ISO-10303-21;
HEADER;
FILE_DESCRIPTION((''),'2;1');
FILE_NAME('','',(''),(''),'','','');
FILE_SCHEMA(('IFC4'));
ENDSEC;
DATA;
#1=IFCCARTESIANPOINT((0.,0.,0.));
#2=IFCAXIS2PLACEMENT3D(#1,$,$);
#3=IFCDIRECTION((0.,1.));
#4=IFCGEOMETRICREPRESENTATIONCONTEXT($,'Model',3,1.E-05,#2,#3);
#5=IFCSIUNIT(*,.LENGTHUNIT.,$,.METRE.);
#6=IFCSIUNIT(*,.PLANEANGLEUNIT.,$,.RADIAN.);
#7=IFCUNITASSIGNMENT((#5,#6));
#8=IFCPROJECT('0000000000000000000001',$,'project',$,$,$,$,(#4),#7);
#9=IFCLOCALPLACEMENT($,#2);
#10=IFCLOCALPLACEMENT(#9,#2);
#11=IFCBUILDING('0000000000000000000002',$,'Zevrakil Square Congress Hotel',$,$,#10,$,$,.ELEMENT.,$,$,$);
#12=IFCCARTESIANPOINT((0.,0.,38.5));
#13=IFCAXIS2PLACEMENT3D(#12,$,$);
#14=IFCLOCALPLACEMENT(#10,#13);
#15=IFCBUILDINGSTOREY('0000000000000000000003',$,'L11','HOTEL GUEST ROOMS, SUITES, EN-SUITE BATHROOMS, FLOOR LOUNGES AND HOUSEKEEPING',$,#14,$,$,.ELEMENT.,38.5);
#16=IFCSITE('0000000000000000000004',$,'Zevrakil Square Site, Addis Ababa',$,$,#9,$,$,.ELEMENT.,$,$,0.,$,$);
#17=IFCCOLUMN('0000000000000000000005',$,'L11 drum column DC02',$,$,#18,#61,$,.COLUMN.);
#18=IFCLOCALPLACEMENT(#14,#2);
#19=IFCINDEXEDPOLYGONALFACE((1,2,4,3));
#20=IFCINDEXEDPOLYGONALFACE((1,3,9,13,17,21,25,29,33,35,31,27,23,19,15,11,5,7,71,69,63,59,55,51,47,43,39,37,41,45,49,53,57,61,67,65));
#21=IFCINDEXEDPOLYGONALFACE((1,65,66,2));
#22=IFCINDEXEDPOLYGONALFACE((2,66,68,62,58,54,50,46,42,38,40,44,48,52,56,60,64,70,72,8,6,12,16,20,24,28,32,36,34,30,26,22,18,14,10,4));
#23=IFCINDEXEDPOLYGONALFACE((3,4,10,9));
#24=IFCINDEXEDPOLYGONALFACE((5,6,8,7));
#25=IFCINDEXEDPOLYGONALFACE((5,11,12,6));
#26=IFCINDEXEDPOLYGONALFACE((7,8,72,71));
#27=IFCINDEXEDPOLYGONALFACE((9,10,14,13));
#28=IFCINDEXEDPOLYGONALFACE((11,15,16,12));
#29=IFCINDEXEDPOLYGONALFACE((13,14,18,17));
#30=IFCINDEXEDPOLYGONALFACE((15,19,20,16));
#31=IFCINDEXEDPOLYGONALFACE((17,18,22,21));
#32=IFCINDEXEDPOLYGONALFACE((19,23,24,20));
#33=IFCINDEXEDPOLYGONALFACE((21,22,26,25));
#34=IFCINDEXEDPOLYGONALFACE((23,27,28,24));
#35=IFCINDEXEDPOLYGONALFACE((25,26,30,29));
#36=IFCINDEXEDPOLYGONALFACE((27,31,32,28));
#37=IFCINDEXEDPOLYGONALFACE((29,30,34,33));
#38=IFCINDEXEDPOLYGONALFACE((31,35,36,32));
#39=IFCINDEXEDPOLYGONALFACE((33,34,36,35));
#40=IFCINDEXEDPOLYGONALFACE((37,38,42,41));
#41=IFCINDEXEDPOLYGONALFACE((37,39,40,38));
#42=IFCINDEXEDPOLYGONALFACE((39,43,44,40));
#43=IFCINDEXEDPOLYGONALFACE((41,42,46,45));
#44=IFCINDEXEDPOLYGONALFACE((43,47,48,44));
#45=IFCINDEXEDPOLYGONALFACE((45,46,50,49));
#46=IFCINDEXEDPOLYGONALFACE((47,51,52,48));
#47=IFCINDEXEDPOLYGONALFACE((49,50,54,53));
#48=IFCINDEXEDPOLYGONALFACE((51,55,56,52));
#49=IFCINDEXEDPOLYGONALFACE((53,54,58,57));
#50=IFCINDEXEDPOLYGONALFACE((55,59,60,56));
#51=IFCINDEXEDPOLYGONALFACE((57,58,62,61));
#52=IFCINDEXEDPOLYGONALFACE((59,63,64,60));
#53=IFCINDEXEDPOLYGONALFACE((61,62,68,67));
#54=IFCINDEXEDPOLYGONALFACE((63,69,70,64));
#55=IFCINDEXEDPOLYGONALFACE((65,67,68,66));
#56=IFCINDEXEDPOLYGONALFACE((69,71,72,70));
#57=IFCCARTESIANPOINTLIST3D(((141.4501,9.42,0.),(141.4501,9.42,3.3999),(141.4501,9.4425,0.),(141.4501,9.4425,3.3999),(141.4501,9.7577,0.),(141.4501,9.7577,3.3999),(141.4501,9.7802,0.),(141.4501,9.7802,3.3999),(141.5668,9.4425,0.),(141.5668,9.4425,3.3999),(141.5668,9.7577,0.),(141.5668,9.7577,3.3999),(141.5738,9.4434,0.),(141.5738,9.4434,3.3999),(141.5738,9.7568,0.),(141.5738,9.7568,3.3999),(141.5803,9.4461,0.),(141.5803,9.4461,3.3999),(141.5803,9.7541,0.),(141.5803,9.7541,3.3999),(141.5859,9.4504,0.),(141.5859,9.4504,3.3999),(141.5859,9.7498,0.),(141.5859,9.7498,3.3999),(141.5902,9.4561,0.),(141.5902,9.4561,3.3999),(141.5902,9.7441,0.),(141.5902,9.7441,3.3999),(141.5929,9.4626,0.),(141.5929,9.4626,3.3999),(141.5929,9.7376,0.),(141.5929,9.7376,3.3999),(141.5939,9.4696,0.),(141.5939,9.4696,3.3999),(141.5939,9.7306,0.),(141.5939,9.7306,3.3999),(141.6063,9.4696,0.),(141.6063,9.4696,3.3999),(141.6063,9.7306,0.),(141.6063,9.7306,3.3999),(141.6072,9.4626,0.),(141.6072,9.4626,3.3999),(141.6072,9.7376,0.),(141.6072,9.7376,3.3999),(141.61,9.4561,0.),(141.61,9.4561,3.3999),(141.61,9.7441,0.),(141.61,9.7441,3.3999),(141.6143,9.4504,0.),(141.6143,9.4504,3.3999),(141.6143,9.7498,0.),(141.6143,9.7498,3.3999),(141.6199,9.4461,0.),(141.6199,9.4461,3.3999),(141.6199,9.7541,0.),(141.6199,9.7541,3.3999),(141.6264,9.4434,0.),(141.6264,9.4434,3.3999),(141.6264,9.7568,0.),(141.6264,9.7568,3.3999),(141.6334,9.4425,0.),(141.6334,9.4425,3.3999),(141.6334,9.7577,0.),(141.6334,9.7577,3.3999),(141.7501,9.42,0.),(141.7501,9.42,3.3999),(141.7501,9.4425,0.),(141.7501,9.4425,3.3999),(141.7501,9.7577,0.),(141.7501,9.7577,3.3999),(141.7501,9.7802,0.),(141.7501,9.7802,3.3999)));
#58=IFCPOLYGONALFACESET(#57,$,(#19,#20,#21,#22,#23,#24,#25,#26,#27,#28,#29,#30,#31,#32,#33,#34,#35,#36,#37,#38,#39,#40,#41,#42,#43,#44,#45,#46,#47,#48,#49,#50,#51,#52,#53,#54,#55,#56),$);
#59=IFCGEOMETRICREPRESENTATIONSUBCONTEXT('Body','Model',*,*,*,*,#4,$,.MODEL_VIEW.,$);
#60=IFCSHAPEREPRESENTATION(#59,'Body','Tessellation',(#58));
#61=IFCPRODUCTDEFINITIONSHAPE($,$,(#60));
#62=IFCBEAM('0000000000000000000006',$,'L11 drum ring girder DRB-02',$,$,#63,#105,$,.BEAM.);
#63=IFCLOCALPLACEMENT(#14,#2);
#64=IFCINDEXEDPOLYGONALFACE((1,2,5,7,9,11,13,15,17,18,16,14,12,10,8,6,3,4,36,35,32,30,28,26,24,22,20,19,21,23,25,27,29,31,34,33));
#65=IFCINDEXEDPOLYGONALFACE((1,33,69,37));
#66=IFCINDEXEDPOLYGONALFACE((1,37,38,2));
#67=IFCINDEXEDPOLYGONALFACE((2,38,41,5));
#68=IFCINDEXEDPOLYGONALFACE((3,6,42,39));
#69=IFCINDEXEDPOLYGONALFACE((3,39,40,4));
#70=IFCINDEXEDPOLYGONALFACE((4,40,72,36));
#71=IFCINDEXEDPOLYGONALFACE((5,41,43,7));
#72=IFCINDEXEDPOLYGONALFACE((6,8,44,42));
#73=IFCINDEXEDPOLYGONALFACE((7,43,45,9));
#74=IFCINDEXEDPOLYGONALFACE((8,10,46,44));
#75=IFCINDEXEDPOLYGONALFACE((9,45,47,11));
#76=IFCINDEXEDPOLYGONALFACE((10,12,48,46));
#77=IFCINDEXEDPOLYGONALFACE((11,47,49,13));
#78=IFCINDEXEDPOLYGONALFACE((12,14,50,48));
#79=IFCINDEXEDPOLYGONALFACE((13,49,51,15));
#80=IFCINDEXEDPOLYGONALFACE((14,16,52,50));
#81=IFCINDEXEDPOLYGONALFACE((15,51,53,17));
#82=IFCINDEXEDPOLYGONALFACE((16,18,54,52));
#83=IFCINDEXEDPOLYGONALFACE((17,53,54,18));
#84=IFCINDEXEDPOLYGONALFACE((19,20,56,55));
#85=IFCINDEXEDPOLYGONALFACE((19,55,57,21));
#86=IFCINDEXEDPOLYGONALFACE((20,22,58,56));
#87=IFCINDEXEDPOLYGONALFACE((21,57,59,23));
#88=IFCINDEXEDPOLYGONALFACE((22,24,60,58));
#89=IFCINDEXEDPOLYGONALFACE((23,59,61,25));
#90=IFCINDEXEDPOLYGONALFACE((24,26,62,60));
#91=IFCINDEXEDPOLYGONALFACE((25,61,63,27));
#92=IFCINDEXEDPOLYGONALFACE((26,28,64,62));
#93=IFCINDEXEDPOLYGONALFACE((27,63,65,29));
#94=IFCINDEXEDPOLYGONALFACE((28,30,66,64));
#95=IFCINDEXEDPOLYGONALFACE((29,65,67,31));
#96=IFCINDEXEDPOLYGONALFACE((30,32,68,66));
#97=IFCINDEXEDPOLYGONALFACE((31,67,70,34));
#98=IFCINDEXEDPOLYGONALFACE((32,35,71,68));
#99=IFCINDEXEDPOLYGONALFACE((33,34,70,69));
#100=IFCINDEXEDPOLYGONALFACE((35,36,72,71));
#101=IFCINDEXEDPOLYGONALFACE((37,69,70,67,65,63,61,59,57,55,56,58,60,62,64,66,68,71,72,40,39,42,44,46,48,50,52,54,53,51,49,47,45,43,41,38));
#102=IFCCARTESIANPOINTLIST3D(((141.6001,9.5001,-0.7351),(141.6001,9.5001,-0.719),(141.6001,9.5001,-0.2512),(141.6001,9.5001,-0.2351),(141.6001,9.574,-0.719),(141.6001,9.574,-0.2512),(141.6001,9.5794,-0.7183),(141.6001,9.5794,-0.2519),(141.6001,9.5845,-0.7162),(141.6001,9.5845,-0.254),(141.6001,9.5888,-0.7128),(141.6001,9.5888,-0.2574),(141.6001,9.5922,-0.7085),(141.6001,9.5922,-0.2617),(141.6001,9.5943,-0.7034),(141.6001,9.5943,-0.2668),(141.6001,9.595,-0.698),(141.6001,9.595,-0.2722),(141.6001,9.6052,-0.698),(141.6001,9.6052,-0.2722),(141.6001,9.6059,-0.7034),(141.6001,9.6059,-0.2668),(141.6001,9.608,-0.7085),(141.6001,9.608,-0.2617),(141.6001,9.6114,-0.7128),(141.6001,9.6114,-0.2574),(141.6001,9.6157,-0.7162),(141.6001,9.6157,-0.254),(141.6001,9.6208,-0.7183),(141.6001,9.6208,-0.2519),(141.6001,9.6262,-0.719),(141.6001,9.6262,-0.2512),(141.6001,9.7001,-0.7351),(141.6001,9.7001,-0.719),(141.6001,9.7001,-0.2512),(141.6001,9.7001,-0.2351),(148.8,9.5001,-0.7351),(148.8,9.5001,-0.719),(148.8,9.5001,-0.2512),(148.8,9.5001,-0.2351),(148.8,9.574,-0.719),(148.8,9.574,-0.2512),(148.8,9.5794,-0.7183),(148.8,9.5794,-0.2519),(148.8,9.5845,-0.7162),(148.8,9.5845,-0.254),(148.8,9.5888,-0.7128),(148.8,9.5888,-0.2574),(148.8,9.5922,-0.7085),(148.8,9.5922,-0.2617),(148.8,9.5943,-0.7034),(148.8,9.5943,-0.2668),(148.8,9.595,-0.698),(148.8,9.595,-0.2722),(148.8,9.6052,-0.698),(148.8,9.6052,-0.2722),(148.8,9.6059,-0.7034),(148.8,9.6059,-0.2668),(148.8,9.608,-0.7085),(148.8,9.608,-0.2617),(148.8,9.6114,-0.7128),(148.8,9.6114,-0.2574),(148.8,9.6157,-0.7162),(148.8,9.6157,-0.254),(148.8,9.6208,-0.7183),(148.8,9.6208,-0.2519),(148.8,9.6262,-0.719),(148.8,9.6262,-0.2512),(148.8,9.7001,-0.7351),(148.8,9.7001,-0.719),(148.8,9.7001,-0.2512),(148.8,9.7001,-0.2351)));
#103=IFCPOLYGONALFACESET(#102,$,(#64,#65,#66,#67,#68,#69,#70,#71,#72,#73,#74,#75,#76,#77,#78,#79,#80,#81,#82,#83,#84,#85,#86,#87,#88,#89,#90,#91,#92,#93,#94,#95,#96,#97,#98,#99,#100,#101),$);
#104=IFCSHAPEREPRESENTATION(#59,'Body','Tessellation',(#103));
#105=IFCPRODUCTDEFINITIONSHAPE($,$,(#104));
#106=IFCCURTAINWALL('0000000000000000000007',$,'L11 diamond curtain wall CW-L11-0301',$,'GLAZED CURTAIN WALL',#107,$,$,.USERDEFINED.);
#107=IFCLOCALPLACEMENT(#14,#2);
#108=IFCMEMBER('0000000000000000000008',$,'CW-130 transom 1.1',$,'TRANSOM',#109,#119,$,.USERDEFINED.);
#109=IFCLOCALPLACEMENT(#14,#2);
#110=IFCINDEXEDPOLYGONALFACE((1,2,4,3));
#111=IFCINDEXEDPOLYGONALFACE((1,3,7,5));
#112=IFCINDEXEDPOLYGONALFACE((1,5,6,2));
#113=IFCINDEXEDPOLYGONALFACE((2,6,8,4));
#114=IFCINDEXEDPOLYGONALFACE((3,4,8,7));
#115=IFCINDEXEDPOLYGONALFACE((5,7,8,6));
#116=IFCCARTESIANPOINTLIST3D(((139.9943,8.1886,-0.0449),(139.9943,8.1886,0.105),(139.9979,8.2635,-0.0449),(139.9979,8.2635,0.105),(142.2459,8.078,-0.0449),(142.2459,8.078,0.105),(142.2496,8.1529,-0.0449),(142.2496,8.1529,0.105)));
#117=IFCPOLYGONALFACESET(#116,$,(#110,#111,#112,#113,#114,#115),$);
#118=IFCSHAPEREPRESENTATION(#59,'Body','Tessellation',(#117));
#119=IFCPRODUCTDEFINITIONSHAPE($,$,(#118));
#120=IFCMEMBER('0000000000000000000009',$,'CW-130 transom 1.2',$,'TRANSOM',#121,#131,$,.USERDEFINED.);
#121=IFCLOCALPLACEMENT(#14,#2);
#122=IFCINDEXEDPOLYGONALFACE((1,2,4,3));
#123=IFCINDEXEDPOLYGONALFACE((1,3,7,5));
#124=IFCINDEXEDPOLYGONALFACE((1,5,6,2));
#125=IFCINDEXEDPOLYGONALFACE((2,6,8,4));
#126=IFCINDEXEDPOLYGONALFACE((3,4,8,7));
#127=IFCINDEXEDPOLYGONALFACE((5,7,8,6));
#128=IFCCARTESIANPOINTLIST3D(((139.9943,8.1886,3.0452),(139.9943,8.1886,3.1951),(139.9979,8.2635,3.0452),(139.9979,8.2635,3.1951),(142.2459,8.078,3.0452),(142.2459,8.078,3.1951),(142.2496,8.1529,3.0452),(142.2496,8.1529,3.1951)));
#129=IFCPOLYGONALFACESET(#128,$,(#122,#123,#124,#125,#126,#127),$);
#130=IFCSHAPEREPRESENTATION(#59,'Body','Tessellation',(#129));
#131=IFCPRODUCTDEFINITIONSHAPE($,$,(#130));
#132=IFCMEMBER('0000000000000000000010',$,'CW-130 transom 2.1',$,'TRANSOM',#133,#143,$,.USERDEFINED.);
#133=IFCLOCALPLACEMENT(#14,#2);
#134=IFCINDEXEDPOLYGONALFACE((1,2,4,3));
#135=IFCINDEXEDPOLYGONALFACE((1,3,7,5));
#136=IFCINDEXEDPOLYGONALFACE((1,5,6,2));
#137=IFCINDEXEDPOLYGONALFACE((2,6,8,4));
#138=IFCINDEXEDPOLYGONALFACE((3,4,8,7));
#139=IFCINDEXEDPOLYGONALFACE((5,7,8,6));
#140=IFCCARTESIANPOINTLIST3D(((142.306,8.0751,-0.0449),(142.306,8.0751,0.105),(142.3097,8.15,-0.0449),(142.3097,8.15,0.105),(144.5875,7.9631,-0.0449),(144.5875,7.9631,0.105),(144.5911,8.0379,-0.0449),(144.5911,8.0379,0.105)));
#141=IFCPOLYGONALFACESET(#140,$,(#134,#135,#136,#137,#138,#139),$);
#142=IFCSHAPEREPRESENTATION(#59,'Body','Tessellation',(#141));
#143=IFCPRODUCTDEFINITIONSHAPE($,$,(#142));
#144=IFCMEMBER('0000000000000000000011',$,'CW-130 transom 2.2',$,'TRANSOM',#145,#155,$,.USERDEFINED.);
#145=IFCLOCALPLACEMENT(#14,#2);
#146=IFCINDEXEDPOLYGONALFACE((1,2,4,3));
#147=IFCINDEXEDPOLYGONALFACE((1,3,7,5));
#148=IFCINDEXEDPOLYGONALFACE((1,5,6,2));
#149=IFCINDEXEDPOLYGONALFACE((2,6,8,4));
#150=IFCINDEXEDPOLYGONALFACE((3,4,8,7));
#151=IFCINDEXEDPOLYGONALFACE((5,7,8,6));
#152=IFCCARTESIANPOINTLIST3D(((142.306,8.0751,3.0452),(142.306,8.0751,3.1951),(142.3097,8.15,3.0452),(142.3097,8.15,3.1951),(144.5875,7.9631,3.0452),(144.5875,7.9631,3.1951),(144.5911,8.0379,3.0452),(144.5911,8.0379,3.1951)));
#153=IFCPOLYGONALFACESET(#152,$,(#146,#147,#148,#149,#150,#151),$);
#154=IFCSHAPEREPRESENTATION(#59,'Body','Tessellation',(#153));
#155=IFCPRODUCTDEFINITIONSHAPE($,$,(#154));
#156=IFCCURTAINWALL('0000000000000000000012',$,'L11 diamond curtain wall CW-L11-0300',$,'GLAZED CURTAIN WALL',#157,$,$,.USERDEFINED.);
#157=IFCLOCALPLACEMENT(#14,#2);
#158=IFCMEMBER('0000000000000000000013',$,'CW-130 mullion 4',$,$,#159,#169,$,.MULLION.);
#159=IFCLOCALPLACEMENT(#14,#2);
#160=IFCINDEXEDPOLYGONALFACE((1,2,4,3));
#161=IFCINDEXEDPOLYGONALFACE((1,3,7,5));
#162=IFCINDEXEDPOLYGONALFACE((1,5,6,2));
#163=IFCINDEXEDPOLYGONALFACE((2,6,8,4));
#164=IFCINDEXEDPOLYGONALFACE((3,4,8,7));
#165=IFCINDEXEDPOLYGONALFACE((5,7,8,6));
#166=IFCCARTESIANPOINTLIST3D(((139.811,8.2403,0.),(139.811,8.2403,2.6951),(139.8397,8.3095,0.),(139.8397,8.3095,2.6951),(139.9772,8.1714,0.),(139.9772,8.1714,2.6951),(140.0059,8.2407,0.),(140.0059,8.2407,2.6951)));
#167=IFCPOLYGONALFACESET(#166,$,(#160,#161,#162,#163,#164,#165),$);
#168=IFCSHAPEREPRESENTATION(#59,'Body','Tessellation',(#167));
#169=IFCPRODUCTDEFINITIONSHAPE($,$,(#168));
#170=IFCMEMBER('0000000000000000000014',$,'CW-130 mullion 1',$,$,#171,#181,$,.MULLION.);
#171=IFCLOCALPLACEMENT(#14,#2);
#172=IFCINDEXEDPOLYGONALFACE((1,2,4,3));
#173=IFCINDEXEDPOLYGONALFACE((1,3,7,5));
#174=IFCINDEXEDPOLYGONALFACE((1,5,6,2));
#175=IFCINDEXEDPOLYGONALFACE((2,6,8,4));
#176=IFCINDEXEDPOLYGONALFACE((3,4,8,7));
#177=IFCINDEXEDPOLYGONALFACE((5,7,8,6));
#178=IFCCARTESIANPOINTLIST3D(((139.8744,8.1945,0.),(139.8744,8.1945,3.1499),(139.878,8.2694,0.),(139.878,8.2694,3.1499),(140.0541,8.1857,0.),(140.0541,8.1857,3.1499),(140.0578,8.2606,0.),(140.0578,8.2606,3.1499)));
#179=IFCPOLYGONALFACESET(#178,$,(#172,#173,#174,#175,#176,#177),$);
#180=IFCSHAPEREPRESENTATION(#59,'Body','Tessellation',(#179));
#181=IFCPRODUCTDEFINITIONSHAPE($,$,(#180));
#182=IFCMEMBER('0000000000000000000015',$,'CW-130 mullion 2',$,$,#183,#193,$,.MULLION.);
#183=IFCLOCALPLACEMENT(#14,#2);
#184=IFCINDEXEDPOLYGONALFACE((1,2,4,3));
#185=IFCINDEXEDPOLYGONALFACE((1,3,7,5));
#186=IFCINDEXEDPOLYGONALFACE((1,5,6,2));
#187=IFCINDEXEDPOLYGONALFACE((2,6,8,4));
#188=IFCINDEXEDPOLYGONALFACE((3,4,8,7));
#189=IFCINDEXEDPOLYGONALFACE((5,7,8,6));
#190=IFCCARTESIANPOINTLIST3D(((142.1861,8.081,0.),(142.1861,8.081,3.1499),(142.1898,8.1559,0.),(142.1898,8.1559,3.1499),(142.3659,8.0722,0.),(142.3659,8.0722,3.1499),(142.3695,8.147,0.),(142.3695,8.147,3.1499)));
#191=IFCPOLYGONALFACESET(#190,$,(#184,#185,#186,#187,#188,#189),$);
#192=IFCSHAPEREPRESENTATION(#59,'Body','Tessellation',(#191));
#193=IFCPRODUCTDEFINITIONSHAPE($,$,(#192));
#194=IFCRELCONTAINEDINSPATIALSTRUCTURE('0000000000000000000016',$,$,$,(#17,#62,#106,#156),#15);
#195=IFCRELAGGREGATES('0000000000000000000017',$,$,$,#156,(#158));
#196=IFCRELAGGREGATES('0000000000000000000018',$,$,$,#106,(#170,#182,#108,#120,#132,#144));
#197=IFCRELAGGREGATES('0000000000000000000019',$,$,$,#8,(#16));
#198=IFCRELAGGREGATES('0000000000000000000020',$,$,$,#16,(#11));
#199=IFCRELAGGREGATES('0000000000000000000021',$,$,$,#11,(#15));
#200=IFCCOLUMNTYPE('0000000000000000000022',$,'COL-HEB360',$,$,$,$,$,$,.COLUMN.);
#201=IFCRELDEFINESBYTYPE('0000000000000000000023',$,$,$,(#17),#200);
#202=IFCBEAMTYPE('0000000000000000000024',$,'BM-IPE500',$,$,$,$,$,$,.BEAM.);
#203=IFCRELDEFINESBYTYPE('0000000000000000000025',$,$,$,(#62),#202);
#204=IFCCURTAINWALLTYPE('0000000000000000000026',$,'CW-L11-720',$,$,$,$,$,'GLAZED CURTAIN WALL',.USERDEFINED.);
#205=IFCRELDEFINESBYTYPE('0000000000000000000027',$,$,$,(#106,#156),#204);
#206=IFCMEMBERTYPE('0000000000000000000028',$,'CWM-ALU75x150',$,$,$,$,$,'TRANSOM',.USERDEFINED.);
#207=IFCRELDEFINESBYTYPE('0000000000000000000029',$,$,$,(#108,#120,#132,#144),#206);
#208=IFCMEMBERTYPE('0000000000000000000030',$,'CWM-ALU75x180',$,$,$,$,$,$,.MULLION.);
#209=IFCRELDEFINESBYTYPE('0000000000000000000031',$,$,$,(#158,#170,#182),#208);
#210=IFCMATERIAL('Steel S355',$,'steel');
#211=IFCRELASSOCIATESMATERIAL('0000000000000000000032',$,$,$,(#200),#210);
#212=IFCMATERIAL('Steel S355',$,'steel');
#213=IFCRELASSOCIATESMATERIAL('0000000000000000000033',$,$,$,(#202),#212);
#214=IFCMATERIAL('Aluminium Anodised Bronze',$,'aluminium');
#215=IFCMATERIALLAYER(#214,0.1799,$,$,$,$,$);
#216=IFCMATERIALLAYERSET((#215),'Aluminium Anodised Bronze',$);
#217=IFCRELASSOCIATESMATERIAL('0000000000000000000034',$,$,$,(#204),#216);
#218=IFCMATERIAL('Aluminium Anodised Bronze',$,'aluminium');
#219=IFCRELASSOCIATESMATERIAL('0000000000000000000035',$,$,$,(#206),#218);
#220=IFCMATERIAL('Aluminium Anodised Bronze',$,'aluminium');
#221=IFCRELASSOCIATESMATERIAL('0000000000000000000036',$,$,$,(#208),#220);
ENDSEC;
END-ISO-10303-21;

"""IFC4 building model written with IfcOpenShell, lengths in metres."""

from ifc_helpers import new_model, si_unit, direction, frame, origin, origin_2d, place, context, subcontext, project, spatial, rectangle, i_section, extrude, material, layer, layer_set, material_profile, profile_set, type_object, element, aggregate, save


model = new_model("IFC4")

# Units and contexts
model_context = context("Model", 3, precision=1e-05, world=origin(), true_north=direction((0.0, 1.0)))
body_context = subcontext(model_context, "Body", "Model", "MODEL_VIEW")
ifc_project = project(units=[si_unit("LENGTHUNIT", "METRE"), si_unit("PLANEANGLEUNIT", "RADIAN")], contexts=[model_context])

# Site, building, storey
site_placement = place(None, origin())
site = spatial("IfcSite", under=ifc_project, at=site_placement, Name="Zevrakil Square Site, Addis Ababa", CompositionType="ELEMENT", RefElevation=0.0)
building_placement = place(site_placement, origin())
building = spatial("IfcBuilding", under=site, at=building_placement, Name="Zevrakil Square Congress Hotel", CompositionType="ELEMENT")
storey_placement = place(building_placement, frame((0.0, 0.0, 38.5)))
storey = spatial("IfcBuildingStorey", under=building, at=storey_placement, Name="L11", Description="HOTEL GUEST ROOMS, SUITES, EN-SUITE BATHROOMS, FLOOR LOUNGES AND HOUSEKEEPING", CompositionType="ELEMENT", Elevation=38.5)

# Column
ifc_material_1 = material(Name="Steel S355", Category="steel")
ifc_material_profile_1 = material_profile(ifc_material_1, i_section(OverallWidth=0.3, OverallDepth=0.3601, WebThickness=0.0125, FlangeThickness=0.0225, FilletRadius=0.0271, at=origin_2d()), Name="HEB 360")
ifc_profile_set_1 = profile_set([ifc_material_profile_1], Name="Steel S355")
column_type = type_object("IfcColumnType", Name="COL-HEB360", PredefinedType="COLUMN", material=ifc_profile_set_1)
column_placement = place(storey_placement, frame((141.6001, 9.6001, 0.0), z_axis=(0.0, 0.0, 1.0), x_axis=(1.0, 0.0, 0.0)))
element("IfcColumn", 1, at=column_placement, inside=storey, type_object=column_type, Name="L11 drum column DC02", PredefinedType="COLUMN", context=body_context, shape_type="SweptSolid", body=[
    extrude(i_section(OverallWidth=0.3, OverallDepth=0.3601, WebThickness=0.0125, FlangeThickness=0.0225, FilletRadius=0.0271, at=origin_2d()), origin(), (0.0, 0.0, 1.0), 3.3999),
])

# Beam
ifc_material_2 = material(Name="Steel S355", Category="steel")
ifc_material_profile_2 = material_profile(ifc_material_2, i_section(OverallWidth=0.2, OverallDepth=0.5, WebThickness=0.0103, FlangeThickness=0.0161, FilletRadius=0.021, at=origin_2d()), Name="IPE 500")
ifc_profile_set_2 = profile_set([ifc_material_profile_2], Name="Steel S355")
beam_type_1 = type_object("IfcBeamType", Name="BM-IPE500", PredefinedType="BEAM", material=ifc_profile_set_2)
beam_1_placement = place(storey_placement, frame((141.6001, 9.6001, -0.4851), z_axis=(1.0, 0.0, 0.0), x_axis=(0.0, 1.0, 0.0)))
element("IfcBeam", 2, at=beam_1_placement, inside=storey, type_object=beam_type_1, Name="L11 drum ring girder DRB-02", PredefinedType="BEAM", context=body_context, shape_type="SweptSolid", body=[
    extrude(i_section(OverallWidth=0.2, OverallDepth=0.5, WebThickness=0.0103, FlangeThickness=0.0161, FilletRadius=0.021, at=origin_2d()), origin(), (0.0, 0.0, 1.0), 7.2),
])

# Curtain wall, members
ifc_material_3 = material(Name="Aluminium Anodised Bronze", Category="aluminium")
ifc_layer_1 = layer(ifc_material_3, 0.1799)
ifc_layer_set_1 = layer_set([ifc_layer_1], Name="Aluminium Anodised Bronze")
curtain_wall_type = type_object("IfcCurtainWallType", Name="CW-L11-720", ElementType="GLAZED CURTAIN WALL", PredefinedType="USERDEFINED", material=ifc_layer_set_1)
curtain_wall_1_placement = place(storey_placement, origin())
curtain_wall_1 = element("IfcCurtainWall", 3, at=curtain_wall_1_placement, inside=storey, type_object=curtain_wall_type, Name="L11 diamond curtain wall CW-L11-0301", ObjectType="GLAZED CURTAIN WALL", PredefinedType="USERDEFINED")
ifc_material_4 = material(Name="Aluminium Anodised Bronze", Category="aluminium")
ifc_material_profile_3 = material_profile(ifc_material_4, rectangle(XDim=0.075, YDim=0.1499, at=origin_2d()), Name="ALU 75x150")
ifc_profile_set_3 = profile_set([ifc_material_profile_3], Name="Aluminium Anodised Bronze")
member_type_1 = type_object("IfcMemberType", Name="CWM-ALU75x150", ElementType="TRANSOM", PredefinedType="USERDEFINED", material=ifc_profile_set_3)
member_1_placement = place(storey_placement, frame((139.9961, 8.2261, 0.03), z_axis=(0.998796, -0.049057, 0.0), x_axis=(0.049057, 0.998796, 0.0)))
member_1 = element("IfcMember", 4, at=member_1_placement, type_object=member_type_1, Name="CW-130 transom 1.1", ObjectType="TRANSOM", PredefinedType="USERDEFINED", context=body_context, shape_type="SweptSolid", body=[
    extrude(rectangle(XDim=0.075, YDim=0.1499, at=origin_2d()), origin(), (0.0, 0.0, 1.0), 2.2544),
])
member_2_placement = place(storey_placement, frame((139.9961, 8.2261, 3.1201), z_axis=(0.998796, -0.049057, 0.0), x_axis=(0.049057, 0.998796, 0.0)))
member_2 = element("IfcMember", 5, at=member_2_placement, type_object=member_type_1, Name="CW-130 transom 1.2", ObjectType="TRANSOM", PredefinedType="USERDEFINED", context=body_context, shape_type="SweptSolid", body=[
    extrude(rectangle(XDim=0.075, YDim=0.1499, at=origin_2d()), origin(), (0.0, 0.0, 1.0), 2.2544),
])
member_3_placement = place(storey_placement, frame((142.3079, 8.1125, 0.03), z_axis=(0.998796, -0.049058, 0.0), x_axis=(0.049058, 0.998796, 0.0)))
member_3 = element("IfcMember", 6, at=member_3_placement, type_object=member_type_1, Name="CW-130 transom 2.1", ObjectType="TRANSOM", PredefinedType="USERDEFINED", context=body_context, shape_type="SweptSolid", body=[
    extrude(rectangle(XDim=0.075, YDim=0.1499, at=origin_2d()), origin(), (0.0, 0.0, 1.0), 2.2842),
])
member_4_placement = place(storey_placement, frame((142.3079, 8.1125, 3.1201), z_axis=(0.998796, -0.049058, 0.0), x_axis=(0.049058, 0.998796, 0.0)))
member_4 = element("IfcMember", 7, at=member_4_placement, type_object=member_type_1, Name="CW-130 transom 2.2", ObjectType="TRANSOM", PredefinedType="USERDEFINED", context=body_context, shape_type="SweptSolid", body=[
    extrude(rectangle(XDim=0.075, YDim=0.1499, at=origin_2d()), origin(), (0.0, 0.0, 1.0), 2.2842),
])

# Curtain wall, member
curtain_wall_2_placement = place(storey_placement, origin())
curtain_wall_2 = element("IfcCurtainWall", 8, at=curtain_wall_2_placement, inside=storey, type_object=curtain_wall_type, Name="L11 diamond curtain wall CW-L11-0300", ObjectType="GLAZED CURTAIN WALL", PredefinedType="USERDEFINED")
ifc_material_5 = material(Name="Aluminium Anodised Bronze", Category="aluminium")
ifc_material_profile_4 = material_profile(ifc_material_5, rectangle(XDim=0.075, YDim=0.1799, at=origin_2d()), Name="ALU 75x180")
ifc_profile_set_4 = profile_set([ifc_material_profile_4], Name="Aluminium Anodised Bronze")
member_type_2 = type_object("IfcMemberType", Name="CWM-ALU75x180", PredefinedType="MULLION", material=ifc_profile_set_4)
member_5_placement = place(storey_placement, frame((139.9084, 8.2405, 0.0), z_axis=(0.0, 0.0, 1.0), x_axis=(0.382684, 0.923879, 0.0)))
member_5 = element("IfcMember", 9, at=member_5_placement, type_object=member_type_2, Name="CW-130 mullion 4", PredefinedType="MULLION", context=body_context, shape_type="SweptSolid", body=[
    extrude(rectangle(XDim=0.075, YDim=0.1799, at=origin_2d()), origin(), (0.0, 0.0, 1.0), 2.6951),
])
aggregate(curtain_wall_2, [member_5])

# Members
member_6_placement = place(storey_placement, frame((139.9661, 8.2275, 0.0), z_axis=(0.0, 0.0, 1.0), x_axis=(0.049053, 0.998796, 0.0)))
member_6 = element("IfcMember", 10, at=member_6_placement, type_object=member_type_2, Name="CW-130 mullion 1", PredefinedType="MULLION", context=body_context, shape_type="SweptSolid", body=[
    extrude(rectangle(XDim=0.075, YDim=0.1799, at=origin_2d()), origin(), (0.0, 0.0, 1.0), 3.1499),
])
member_7_placement = place(storey_placement, frame((142.2778, 8.114, 0.0), z_axis=(0.0, 0.0, 1.0), x_axis=(0.049053, 0.998796, 0.0)))
member_7 = element("IfcMember", 11, at=member_7_placement, type_object=member_type_2, Name="CW-130 mullion 2", PredefinedType="MULLION", context=body_context, shape_type="SweptSolid", body=[
    extrude(rectangle(XDim=0.075, YDim=0.1799, at=origin_2d()), origin(), (0.0, 0.0, 1.0), 3.1499),
])

aggregate(curtain_wall_1, [member_6, member_7, member_1, member_2, member_3, member_4])

save(model, "model.ifc")
